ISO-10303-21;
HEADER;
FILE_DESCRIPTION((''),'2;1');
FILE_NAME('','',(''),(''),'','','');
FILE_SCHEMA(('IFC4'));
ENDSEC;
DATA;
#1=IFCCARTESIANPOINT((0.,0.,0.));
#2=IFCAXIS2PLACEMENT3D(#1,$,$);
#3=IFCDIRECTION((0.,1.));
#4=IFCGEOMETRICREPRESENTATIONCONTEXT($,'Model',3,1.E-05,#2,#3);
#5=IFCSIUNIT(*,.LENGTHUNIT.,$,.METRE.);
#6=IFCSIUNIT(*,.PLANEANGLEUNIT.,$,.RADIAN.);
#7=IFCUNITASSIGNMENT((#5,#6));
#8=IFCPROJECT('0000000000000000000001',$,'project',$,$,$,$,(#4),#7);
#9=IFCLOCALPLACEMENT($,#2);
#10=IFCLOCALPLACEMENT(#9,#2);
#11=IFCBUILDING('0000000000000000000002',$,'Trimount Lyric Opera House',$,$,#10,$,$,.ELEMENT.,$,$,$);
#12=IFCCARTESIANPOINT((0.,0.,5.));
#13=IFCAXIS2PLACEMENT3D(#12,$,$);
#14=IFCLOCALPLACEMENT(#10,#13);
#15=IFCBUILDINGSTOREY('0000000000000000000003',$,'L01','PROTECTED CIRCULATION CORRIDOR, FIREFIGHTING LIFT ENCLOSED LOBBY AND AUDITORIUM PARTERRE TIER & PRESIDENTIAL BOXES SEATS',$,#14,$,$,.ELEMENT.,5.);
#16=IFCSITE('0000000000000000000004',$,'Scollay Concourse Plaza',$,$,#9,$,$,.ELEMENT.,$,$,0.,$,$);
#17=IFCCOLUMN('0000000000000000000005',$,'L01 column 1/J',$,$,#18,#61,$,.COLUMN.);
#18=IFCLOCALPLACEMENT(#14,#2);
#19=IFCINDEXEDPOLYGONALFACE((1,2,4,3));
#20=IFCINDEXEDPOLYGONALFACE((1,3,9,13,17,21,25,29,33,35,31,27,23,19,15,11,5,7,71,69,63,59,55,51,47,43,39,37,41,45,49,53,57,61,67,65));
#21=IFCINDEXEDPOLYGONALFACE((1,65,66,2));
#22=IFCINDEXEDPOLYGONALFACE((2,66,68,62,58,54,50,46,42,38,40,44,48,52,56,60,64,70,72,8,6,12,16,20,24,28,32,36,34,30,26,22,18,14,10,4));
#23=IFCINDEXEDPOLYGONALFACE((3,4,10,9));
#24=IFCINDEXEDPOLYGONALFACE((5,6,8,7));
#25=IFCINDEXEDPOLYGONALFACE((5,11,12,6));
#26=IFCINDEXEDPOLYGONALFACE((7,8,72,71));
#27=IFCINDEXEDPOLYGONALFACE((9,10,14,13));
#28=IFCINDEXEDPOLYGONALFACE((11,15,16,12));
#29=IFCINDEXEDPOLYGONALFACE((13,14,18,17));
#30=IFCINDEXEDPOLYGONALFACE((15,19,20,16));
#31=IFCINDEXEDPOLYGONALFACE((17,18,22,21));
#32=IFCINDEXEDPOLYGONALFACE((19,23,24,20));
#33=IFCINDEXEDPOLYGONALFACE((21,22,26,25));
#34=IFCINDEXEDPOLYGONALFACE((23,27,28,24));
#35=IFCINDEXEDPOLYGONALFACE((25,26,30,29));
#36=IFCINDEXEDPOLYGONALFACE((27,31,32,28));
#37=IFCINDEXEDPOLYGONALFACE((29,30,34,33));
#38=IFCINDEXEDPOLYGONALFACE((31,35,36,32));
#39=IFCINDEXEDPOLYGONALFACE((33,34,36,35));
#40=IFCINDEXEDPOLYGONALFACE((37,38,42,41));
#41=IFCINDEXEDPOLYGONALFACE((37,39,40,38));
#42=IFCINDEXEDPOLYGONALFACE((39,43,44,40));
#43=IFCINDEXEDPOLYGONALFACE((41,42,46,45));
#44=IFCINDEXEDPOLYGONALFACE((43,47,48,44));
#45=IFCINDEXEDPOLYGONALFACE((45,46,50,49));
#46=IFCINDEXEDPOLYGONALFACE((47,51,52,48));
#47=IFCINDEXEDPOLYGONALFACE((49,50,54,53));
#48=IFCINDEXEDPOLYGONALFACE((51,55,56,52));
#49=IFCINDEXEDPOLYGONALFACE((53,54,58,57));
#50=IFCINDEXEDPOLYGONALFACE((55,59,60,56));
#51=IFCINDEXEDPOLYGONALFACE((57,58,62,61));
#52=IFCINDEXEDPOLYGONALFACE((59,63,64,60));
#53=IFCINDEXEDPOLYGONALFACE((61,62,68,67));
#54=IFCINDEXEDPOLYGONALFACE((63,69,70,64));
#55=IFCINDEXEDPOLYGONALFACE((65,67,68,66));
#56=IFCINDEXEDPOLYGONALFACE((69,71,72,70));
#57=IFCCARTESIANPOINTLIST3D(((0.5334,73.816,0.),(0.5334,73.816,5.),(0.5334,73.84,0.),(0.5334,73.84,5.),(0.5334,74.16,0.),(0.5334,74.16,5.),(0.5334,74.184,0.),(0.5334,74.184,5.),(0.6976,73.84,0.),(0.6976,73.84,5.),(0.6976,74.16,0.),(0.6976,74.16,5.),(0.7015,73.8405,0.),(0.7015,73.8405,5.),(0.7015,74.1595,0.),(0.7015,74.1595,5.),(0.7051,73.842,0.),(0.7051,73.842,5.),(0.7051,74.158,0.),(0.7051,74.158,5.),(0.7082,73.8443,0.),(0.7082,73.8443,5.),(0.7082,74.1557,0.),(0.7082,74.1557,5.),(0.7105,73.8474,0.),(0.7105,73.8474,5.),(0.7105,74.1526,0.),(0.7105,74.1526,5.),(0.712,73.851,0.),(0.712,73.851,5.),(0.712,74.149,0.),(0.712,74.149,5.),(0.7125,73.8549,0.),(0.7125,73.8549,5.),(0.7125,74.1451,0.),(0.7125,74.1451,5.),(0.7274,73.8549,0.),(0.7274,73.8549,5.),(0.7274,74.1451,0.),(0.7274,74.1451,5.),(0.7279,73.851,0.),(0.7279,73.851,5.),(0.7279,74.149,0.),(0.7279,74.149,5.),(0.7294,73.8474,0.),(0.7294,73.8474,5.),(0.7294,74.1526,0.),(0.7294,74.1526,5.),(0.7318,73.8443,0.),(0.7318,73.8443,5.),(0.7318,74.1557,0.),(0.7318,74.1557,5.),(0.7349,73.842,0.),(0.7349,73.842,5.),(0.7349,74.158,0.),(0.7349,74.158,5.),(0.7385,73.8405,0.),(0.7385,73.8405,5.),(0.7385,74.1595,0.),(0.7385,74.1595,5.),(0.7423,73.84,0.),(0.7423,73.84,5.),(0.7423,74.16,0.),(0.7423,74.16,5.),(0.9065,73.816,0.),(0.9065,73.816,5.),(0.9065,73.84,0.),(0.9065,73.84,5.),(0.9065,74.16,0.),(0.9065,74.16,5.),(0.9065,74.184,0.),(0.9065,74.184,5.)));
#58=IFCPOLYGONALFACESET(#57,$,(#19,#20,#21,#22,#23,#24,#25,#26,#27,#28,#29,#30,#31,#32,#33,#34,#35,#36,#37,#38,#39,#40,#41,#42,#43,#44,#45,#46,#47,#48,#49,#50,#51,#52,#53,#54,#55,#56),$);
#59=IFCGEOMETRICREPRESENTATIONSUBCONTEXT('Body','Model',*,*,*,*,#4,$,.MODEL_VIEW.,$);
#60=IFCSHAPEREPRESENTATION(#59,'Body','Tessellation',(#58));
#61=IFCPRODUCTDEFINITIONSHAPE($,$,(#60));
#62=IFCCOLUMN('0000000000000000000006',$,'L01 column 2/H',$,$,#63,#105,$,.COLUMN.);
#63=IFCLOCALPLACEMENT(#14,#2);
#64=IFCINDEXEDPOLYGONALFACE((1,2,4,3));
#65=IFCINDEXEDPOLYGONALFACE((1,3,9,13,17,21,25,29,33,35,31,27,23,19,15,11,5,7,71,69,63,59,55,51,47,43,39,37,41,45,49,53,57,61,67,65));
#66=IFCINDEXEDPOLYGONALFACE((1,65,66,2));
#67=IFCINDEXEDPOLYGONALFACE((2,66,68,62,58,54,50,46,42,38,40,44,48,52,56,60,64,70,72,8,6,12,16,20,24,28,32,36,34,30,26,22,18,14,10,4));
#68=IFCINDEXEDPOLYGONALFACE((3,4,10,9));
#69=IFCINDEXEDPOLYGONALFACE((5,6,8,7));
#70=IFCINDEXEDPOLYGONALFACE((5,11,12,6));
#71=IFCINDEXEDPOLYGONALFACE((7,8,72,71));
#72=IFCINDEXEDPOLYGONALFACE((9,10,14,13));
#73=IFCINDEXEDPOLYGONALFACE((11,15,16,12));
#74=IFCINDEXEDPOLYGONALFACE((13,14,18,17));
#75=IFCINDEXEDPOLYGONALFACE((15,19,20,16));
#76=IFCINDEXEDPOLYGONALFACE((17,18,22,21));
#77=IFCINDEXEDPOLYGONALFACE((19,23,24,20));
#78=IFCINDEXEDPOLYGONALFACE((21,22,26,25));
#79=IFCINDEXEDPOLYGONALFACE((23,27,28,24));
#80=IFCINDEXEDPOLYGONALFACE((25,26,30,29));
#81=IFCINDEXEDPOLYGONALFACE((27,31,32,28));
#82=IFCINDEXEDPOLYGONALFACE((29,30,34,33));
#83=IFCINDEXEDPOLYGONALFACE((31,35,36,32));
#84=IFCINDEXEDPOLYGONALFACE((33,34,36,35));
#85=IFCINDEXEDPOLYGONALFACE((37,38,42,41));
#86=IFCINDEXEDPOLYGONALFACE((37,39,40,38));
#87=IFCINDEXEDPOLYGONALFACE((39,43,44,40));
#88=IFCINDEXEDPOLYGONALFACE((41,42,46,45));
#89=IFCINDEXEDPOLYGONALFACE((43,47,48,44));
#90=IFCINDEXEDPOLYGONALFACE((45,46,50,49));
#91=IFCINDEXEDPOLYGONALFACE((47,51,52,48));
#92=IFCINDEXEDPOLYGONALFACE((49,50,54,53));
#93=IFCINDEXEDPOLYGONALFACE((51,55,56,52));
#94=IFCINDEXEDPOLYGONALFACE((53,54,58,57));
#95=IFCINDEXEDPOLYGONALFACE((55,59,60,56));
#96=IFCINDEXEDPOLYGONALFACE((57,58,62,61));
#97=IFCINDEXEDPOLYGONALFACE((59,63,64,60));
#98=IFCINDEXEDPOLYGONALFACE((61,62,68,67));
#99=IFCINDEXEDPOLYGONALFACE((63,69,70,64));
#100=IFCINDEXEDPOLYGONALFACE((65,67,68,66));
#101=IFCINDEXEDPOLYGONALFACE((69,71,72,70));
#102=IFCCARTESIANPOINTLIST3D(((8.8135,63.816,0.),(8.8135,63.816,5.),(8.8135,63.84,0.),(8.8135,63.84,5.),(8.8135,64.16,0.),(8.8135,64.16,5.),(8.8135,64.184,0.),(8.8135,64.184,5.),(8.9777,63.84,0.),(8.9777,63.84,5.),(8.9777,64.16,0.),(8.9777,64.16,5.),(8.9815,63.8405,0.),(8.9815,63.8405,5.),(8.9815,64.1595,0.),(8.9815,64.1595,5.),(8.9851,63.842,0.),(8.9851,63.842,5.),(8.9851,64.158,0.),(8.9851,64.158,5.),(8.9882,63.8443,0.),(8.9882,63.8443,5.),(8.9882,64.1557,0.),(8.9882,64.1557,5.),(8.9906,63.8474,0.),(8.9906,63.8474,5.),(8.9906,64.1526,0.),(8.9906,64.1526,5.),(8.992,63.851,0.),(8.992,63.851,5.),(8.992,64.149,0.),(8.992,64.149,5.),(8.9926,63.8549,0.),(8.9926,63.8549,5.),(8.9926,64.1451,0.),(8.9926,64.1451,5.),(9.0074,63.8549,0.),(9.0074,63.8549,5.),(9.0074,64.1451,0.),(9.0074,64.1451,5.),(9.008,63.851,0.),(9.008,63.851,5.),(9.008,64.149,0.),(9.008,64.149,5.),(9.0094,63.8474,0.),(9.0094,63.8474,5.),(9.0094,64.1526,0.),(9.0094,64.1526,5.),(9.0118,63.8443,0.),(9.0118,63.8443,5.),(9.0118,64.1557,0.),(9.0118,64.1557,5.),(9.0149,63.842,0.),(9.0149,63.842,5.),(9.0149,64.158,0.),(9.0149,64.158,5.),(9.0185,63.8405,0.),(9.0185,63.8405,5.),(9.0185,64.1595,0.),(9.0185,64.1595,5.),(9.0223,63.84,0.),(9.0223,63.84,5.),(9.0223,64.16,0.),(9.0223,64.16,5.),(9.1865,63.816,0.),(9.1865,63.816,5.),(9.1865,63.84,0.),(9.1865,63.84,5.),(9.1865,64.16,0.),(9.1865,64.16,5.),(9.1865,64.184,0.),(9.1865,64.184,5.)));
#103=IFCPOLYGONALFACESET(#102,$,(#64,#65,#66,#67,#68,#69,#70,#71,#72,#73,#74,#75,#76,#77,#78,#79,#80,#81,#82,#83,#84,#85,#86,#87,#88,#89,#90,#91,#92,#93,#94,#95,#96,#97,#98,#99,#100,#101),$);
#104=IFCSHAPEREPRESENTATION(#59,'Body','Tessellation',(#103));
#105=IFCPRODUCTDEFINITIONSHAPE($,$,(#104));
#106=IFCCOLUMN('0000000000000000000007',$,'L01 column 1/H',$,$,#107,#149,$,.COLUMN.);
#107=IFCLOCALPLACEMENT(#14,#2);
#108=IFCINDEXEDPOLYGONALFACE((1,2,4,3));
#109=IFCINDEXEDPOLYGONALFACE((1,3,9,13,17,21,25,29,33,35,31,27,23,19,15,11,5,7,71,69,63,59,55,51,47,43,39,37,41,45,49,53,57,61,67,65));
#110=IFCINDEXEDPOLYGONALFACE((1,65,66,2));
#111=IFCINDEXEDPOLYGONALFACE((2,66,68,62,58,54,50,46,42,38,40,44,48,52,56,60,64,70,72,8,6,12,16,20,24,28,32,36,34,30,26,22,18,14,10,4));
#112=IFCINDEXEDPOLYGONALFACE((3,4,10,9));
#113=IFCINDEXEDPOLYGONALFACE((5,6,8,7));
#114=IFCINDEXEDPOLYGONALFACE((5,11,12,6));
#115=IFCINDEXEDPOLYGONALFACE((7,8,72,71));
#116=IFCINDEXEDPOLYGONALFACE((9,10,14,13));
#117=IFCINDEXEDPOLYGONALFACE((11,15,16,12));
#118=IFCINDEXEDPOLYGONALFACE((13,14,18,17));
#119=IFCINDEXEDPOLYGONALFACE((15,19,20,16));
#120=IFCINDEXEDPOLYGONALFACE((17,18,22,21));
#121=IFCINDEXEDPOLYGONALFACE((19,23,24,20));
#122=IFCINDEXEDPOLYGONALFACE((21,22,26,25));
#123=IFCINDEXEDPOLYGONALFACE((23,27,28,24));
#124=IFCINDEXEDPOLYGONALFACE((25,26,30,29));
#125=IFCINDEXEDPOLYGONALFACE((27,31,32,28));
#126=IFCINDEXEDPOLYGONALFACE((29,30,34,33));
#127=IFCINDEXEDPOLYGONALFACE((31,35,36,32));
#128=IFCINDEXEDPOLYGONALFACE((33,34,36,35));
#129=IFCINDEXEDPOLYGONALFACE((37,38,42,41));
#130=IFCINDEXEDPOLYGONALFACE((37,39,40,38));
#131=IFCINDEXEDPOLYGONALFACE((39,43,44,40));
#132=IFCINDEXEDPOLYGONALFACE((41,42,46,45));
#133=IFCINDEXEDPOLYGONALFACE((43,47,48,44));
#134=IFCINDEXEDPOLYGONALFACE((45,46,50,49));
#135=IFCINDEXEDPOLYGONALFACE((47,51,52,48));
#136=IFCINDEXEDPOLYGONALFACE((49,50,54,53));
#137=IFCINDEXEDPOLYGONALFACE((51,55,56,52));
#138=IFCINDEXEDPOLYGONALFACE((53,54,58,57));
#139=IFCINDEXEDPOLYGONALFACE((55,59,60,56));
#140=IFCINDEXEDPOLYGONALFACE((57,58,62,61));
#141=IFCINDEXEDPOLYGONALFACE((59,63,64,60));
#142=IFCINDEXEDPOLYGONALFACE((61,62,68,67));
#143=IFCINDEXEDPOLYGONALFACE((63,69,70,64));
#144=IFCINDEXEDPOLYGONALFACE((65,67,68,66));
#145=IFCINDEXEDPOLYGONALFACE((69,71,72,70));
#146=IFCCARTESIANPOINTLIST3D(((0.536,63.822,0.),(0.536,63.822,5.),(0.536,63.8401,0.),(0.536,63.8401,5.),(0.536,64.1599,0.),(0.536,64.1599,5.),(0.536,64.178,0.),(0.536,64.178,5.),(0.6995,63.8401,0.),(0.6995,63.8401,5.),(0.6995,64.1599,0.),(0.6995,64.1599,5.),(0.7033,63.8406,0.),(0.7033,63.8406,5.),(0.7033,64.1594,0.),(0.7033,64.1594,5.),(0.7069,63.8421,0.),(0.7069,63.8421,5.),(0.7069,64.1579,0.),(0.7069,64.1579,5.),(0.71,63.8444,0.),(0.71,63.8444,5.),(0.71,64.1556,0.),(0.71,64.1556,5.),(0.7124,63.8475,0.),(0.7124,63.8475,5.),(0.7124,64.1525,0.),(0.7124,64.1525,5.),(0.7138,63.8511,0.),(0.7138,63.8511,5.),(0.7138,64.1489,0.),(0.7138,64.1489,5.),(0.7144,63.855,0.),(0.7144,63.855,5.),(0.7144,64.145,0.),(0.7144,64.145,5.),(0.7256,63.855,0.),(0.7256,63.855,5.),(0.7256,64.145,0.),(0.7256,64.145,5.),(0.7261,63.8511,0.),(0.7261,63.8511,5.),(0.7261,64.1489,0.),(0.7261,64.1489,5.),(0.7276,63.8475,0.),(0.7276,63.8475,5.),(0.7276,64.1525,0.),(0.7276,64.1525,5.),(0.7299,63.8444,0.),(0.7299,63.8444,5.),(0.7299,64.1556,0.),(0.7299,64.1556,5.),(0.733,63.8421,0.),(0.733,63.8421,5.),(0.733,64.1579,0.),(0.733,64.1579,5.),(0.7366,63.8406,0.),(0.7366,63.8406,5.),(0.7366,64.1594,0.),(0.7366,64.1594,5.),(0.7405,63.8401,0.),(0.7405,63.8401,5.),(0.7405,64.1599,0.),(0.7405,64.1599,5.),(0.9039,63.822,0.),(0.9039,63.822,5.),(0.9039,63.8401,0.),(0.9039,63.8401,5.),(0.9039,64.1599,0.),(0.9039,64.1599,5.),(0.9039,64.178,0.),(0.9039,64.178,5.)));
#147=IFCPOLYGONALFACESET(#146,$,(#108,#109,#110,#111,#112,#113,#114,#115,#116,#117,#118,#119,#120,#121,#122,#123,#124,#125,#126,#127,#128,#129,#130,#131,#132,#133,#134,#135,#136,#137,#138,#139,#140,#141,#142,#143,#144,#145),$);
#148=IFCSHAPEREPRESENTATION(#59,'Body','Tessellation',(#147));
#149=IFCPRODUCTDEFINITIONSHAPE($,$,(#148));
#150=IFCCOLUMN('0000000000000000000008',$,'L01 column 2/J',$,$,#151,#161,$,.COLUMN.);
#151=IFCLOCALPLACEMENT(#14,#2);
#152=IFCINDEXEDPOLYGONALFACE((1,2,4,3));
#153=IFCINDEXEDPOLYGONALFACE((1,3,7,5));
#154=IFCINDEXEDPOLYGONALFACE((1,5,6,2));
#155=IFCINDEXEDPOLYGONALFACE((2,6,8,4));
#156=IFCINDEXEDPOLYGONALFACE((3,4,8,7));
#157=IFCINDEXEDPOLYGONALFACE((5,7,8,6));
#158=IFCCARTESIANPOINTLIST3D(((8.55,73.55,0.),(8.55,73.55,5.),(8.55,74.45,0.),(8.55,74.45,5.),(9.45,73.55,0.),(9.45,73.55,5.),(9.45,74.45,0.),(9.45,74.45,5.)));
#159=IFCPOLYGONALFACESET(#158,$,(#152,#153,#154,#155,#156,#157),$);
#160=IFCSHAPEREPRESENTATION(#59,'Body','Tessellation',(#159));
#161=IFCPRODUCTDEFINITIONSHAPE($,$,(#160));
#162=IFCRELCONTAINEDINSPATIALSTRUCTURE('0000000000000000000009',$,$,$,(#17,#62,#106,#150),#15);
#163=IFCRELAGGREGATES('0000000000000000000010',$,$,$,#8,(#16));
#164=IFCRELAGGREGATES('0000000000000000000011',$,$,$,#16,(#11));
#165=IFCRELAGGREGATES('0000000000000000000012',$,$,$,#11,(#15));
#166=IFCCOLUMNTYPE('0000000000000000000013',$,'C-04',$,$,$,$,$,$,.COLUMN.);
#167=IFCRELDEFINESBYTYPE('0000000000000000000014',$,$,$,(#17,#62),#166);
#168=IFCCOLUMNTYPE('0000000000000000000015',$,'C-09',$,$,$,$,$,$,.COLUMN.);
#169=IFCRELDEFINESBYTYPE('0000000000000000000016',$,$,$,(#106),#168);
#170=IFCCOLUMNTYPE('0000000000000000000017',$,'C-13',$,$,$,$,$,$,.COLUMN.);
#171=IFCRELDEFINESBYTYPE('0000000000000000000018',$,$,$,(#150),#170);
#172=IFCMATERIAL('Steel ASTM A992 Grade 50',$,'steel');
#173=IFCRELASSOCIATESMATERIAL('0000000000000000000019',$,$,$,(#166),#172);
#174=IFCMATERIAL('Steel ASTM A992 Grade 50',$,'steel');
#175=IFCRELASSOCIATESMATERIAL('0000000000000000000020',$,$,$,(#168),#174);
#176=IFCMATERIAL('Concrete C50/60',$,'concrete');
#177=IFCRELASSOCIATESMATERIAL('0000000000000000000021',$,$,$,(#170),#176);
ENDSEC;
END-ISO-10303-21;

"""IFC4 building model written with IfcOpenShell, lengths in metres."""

from ifc_helpers import new_model, si_unit, direction, frame, origin, origin_2d, place, context, subcontext, project, spatial, rectangle, i_section, extrude, material, material_profile, profile_set, type_object, element, save


model = new_model("IFC4")

# Units and contexts
model_context = context("Model", 3, precision=1e-05, world=origin(), true_north=direction((0.0, 1.0)))
body_context = subcontext(model_context, "Body", "Model", "MODEL_VIEW")
ifc_project = project(units=[si_unit("LENGTHUNIT", "METRE"), si_unit("PLANEANGLEUNIT", "RADIAN")], contexts=[model_context])

# Site, building, storey
site_placement = place(None, origin())
site = spatial("IfcSite", under=ifc_project, at=site_placement, Name="Scollay Concourse Plaza", CompositionType="ELEMENT", RefElevation=0.0)
building_placement = place(site_placement, origin())
building = spatial("IfcBuilding", under=site, at=building_placement, Name="Trimount Lyric Opera House", CompositionType="ELEMENT")
storey_placement = place(building_placement, frame((0.0, 0.0, 5.0)))
storey = spatial("IfcBuildingStorey", under=building, at=storey_placement, Name="L01", Description="PROTECTED CIRCULATION CORRIDOR, FIREFIGHTING LIFT ENCLOSED LOBBY AND AUDITORIUM PARTERRE TIER & PRESIDENTIAL BOXES SEATS", CompositionType="ELEMENT", Elevation=5.0)

# Columns
ifc_material_1 = material(Name="Steel ASTM A992 Grade 50", Category="steel")
ifc_material_profile_1 = material_profile(ifc_material_1, i_section(OverallWidth=0.373, OverallDepth=0.3679, WebThickness=0.0149, FlangeThickness=0.0239, FilletRadius=0.0149, at=origin_2d()), Name="W14X120")
ifc_profile_set_1 = profile_set([ifc_material_profile_1], Name="Steel ASTM A992 Grade 50")
column_type_1 = type_object("IfcColumnType", Name="C-04", PredefinedType="COLUMN", material=ifc_profile_set_1)
for number, where, z_axis, x_axis, name in (
    (1, (0.72, 74.0, 0.0), (0.0, 0.0, 1.0), (1.0, 0.0, 0.0), "L01 column 1/J"),
    (2, (9.0, 64.0, 0.0), (0.0, 0.0, 1.0), (1.0, 0.0, 0.0), "L01 column 2/H"),
):
    element("IfcColumn", number, at=place(storey_placement, frame(where, z_axis=z_axis, x_axis=x_axis)), inside=storey, type_object=column_type_1, Name=name, PredefinedType="COLUMN", context=body_context, shape_type="SweptSolid", body=[
        extrude(i_section(OverallWidth=0.373, OverallDepth=0.3679, WebThickness=0.0149, FlangeThickness=0.0239, FilletRadius=0.0149, at=origin_2d()), origin(), (0.0, 0.0, 1.0), 5.0),
    ])
ifc_material_2 = material(Name="Steel ASTM A992 Grade 50", Category="steel")
ifc_material_profile_2 = material_profile(ifc_material_2, i_section(OverallWidth=0.3679, OverallDepth=0.356, WebThickness=0.0112, FlangeThickness=0.0181, FilletRadius=0.0149, at=origin_2d()), Name="W14X90")
ifc_profile_set_2 = profile_set([ifc_material_profile_2], Name="Steel ASTM A992 Grade 50")
column_type_2 = type_object("IfcColumnType", Name="C-09", PredefinedType="COLUMN", material=ifc_profile_set_2)
column_1_placement = place(storey_placement, frame((0.72, 64.0, 0.0), z_axis=(0.0, 0.0, 1.0), x_axis=(1.0, 0.0, 0.0)))
element("IfcColumn", 3, at=column_1_placement, inside=storey, type_object=column_type_2, Name="L01 column 1/H", PredefinedType="COLUMN", context=body_context, shape_type="SweptSolid", body=[
    extrude(i_section(OverallWidth=0.3679, OverallDepth=0.356, WebThickness=0.0112, FlangeThickness=0.0181, FilletRadius=0.0149, at=origin_2d()), origin(), (0.0, 0.0, 1.0), 5.0),
])
ifc_material_3 = material(Name="Concrete C50/60", Category="concrete")
ifc_material_profile_3 = material_profile(ifc_material_3, rectangle(XDim=0.8999, YDim=0.8999, at=origin_2d()), Name="RC900X900")
ifc_profile_set_3 = profile_set([ifc_material_profile_3], Name="Concrete C50/60")
column_type_3 = type_object("IfcColumnType", Name="C-13", PredefinedType="COLUMN", material=ifc_profile_set_3)
column_2_placement = place(storey_placement, frame((9.0, 74.0, 0.0), z_axis=(0.0, 0.0, 1.0), x_axis=(1.0, 0.0, 0.0)))
element("IfcColumn", 4, at=column_2_placement, inside=storey, type_object=column_type_3, Name="L01 column 2/J", PredefinedType="COLUMN", context=body_context, shape_type="SweptSolid", body=[
    extrude(rectangle(XDim=0.8999, YDim=0.8999, at=origin_2d()), origin(), (0.0, 0.0, 1.0), 5.0),
])

save(model, "model.ifc")
